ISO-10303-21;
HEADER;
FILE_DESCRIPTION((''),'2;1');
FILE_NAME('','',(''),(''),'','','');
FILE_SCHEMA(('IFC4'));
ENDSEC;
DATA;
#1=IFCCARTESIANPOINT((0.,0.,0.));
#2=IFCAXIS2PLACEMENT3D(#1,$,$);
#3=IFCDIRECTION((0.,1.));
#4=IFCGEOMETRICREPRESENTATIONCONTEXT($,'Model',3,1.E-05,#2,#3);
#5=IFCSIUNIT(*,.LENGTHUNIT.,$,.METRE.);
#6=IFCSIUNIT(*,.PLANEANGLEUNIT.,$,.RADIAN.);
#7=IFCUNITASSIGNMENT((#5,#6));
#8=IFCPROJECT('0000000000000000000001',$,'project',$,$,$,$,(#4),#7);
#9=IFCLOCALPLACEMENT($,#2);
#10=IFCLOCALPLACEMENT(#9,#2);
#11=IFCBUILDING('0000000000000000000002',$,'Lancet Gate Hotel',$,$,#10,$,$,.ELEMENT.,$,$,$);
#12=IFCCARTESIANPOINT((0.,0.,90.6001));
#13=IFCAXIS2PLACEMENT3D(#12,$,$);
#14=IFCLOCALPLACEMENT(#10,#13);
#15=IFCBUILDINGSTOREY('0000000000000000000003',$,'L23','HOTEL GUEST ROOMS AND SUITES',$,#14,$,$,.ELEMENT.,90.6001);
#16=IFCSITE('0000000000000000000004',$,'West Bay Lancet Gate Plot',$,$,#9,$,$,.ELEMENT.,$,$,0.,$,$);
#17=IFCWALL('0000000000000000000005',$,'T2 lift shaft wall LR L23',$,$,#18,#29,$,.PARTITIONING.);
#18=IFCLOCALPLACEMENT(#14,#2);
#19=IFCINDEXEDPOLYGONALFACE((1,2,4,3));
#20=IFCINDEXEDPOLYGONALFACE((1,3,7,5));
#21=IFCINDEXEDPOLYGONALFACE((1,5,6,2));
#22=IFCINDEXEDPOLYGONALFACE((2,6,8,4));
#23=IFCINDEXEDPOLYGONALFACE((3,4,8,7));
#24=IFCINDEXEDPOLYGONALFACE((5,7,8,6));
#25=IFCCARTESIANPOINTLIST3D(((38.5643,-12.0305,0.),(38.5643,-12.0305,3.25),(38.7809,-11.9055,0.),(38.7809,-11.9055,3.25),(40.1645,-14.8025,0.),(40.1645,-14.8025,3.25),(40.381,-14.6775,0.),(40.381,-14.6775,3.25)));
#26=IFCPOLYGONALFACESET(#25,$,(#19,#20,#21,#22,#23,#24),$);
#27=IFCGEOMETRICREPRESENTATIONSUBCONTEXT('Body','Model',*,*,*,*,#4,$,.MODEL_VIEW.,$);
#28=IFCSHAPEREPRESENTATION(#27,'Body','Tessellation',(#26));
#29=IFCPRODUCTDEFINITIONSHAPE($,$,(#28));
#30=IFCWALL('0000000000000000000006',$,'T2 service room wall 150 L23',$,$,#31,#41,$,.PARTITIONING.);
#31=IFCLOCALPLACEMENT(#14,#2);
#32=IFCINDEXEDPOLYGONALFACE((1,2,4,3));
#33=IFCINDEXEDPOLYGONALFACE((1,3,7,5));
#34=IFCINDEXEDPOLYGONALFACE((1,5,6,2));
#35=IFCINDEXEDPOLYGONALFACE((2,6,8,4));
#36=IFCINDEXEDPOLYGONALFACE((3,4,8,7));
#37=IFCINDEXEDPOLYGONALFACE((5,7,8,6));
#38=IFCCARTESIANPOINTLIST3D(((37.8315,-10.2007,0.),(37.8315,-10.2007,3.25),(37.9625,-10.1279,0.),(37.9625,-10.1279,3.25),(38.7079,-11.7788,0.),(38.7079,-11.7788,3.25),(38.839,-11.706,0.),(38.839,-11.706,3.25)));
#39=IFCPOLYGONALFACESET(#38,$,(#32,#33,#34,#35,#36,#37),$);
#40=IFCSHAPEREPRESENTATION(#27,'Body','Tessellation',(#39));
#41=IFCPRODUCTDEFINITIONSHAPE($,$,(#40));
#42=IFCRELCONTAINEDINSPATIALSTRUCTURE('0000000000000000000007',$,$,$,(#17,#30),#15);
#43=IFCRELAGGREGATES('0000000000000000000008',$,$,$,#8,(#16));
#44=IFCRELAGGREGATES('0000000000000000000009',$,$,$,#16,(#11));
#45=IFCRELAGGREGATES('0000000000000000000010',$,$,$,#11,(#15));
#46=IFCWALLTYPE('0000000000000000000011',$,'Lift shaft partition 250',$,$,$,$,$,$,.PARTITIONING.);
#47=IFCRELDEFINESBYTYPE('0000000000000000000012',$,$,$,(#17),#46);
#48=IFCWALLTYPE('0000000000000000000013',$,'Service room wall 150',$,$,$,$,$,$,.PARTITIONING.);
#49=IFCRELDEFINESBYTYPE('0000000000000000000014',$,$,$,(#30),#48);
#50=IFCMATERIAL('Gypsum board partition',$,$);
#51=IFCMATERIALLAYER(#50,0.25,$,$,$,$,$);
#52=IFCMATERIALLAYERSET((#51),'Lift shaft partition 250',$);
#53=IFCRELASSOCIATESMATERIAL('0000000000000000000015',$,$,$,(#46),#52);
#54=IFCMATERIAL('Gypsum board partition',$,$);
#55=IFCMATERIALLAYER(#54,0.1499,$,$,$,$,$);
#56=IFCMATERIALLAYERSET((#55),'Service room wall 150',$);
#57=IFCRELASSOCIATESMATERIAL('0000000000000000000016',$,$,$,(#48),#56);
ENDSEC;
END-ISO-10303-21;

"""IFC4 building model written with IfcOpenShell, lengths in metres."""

from ifc_helpers import new_model, si_unit, direction, frame, frame_2d, origin, place, context, subcontext, project, spatial, rectangle, extrude, material, layer, layer_set, type_object, element, save


model = new_model("IFC4")

# Units and contexts
model_context = context("Model", 3, precision=1e-05, world=origin(), true_north=direction((0.0, 1.0)))
body_context = subcontext(model_context, "Body", "Model", "MODEL_VIEW")
ifc_project = project(units=[si_unit("LENGTHUNIT", "METRE"), si_unit("PLANEANGLEUNIT", "RADIAN")], contexts=[model_context])

# Site, building, storey
site_placement = place(None, origin())
site = spatial("IfcSite", under=ifc_project, at=site_placement, Name="West Bay Lancet Gate Plot", CompositionType="ELEMENT", RefElevation=0.0)
building_placement = place(site_placement, origin())
building = spatial("IfcBuilding", under=site, at=building_placement, Name="Lancet Gate Hotel", CompositionType="ELEMENT")
storey_placement = place(building_placement, frame((0.0, 0.0, 90.6001)))
storey = spatial("IfcBuildingStorey", under=building, at=storey_placement, Name="L23", Description="HOTEL GUEST ROOMS AND SUITES", CompositionType="ELEMENT", Elevation=90.6001)

# Walls
ifc_material_1 = material(Name="Gypsum board partition")
ifc_layer_1 = layer(ifc_material_1, 0.25)
ifc_layer_set_1 = layer_set([ifc_layer_1], Name="Lift shaft partition 250")
wall_type_1 = type_object("IfcWallType", Name="Lift shaft partition 250", PredefinedType="PARTITIONING", material=ifc_layer_set_1)
wall_1_placement = place(storey_placement, frame((38.6726, -11.968, 0.0), z_axis=(0.0, 0.0, 1.0), x_axis=(0.499929, -0.866066, 0.0)))
element("IfcWall", 1, at=wall_1_placement, inside=storey, type_object=wall_type_1, Name="T2 lift shaft wall LR L23", PredefinedType="PARTITIONING", context=body_context, shape_type="SweptSolid", body=[
    extrude(rectangle(XDim=3.2007, YDim=0.25, at=frame_2d((1.6003, 0.0))), origin(), (0.0, 0.0, 1.0), 3.25),
])
ifc_material_2 = material(Name="Gypsum board partition")
ifc_layer_2 = layer(ifc_material_2, 0.1499)
ifc_layer_set_2 = layer_set([ifc_layer_2], Name="Service room wall 150")
wall_type_2 = type_object("IfcWallType", Name="Service room wall 150", PredefinedType="PARTITIONING", material=ifc_layer_set_2)
wall_2_placement = place(storey_placement, frame((38.7734, -11.7424, 0.0), z_axis=(0.0, 0.0, 1.0), x_axis=(-0.485528, 0.874221, 0.0)))
element("IfcWall", 2, at=wall_2_placement, inside=storey, type_object=wall_type_2, Name="T2 service room wall 150 L23", PredefinedType="PARTITIONING", context=body_context, shape_type="SweptSolid", body=[
    extrude(rectangle(XDim=1.8052, YDim=0.1499, at=frame_2d((0.9026, 0.0))), origin(), (0.0, 0.0, 1.0), 3.25),
])

save(model, "model.ifc")
